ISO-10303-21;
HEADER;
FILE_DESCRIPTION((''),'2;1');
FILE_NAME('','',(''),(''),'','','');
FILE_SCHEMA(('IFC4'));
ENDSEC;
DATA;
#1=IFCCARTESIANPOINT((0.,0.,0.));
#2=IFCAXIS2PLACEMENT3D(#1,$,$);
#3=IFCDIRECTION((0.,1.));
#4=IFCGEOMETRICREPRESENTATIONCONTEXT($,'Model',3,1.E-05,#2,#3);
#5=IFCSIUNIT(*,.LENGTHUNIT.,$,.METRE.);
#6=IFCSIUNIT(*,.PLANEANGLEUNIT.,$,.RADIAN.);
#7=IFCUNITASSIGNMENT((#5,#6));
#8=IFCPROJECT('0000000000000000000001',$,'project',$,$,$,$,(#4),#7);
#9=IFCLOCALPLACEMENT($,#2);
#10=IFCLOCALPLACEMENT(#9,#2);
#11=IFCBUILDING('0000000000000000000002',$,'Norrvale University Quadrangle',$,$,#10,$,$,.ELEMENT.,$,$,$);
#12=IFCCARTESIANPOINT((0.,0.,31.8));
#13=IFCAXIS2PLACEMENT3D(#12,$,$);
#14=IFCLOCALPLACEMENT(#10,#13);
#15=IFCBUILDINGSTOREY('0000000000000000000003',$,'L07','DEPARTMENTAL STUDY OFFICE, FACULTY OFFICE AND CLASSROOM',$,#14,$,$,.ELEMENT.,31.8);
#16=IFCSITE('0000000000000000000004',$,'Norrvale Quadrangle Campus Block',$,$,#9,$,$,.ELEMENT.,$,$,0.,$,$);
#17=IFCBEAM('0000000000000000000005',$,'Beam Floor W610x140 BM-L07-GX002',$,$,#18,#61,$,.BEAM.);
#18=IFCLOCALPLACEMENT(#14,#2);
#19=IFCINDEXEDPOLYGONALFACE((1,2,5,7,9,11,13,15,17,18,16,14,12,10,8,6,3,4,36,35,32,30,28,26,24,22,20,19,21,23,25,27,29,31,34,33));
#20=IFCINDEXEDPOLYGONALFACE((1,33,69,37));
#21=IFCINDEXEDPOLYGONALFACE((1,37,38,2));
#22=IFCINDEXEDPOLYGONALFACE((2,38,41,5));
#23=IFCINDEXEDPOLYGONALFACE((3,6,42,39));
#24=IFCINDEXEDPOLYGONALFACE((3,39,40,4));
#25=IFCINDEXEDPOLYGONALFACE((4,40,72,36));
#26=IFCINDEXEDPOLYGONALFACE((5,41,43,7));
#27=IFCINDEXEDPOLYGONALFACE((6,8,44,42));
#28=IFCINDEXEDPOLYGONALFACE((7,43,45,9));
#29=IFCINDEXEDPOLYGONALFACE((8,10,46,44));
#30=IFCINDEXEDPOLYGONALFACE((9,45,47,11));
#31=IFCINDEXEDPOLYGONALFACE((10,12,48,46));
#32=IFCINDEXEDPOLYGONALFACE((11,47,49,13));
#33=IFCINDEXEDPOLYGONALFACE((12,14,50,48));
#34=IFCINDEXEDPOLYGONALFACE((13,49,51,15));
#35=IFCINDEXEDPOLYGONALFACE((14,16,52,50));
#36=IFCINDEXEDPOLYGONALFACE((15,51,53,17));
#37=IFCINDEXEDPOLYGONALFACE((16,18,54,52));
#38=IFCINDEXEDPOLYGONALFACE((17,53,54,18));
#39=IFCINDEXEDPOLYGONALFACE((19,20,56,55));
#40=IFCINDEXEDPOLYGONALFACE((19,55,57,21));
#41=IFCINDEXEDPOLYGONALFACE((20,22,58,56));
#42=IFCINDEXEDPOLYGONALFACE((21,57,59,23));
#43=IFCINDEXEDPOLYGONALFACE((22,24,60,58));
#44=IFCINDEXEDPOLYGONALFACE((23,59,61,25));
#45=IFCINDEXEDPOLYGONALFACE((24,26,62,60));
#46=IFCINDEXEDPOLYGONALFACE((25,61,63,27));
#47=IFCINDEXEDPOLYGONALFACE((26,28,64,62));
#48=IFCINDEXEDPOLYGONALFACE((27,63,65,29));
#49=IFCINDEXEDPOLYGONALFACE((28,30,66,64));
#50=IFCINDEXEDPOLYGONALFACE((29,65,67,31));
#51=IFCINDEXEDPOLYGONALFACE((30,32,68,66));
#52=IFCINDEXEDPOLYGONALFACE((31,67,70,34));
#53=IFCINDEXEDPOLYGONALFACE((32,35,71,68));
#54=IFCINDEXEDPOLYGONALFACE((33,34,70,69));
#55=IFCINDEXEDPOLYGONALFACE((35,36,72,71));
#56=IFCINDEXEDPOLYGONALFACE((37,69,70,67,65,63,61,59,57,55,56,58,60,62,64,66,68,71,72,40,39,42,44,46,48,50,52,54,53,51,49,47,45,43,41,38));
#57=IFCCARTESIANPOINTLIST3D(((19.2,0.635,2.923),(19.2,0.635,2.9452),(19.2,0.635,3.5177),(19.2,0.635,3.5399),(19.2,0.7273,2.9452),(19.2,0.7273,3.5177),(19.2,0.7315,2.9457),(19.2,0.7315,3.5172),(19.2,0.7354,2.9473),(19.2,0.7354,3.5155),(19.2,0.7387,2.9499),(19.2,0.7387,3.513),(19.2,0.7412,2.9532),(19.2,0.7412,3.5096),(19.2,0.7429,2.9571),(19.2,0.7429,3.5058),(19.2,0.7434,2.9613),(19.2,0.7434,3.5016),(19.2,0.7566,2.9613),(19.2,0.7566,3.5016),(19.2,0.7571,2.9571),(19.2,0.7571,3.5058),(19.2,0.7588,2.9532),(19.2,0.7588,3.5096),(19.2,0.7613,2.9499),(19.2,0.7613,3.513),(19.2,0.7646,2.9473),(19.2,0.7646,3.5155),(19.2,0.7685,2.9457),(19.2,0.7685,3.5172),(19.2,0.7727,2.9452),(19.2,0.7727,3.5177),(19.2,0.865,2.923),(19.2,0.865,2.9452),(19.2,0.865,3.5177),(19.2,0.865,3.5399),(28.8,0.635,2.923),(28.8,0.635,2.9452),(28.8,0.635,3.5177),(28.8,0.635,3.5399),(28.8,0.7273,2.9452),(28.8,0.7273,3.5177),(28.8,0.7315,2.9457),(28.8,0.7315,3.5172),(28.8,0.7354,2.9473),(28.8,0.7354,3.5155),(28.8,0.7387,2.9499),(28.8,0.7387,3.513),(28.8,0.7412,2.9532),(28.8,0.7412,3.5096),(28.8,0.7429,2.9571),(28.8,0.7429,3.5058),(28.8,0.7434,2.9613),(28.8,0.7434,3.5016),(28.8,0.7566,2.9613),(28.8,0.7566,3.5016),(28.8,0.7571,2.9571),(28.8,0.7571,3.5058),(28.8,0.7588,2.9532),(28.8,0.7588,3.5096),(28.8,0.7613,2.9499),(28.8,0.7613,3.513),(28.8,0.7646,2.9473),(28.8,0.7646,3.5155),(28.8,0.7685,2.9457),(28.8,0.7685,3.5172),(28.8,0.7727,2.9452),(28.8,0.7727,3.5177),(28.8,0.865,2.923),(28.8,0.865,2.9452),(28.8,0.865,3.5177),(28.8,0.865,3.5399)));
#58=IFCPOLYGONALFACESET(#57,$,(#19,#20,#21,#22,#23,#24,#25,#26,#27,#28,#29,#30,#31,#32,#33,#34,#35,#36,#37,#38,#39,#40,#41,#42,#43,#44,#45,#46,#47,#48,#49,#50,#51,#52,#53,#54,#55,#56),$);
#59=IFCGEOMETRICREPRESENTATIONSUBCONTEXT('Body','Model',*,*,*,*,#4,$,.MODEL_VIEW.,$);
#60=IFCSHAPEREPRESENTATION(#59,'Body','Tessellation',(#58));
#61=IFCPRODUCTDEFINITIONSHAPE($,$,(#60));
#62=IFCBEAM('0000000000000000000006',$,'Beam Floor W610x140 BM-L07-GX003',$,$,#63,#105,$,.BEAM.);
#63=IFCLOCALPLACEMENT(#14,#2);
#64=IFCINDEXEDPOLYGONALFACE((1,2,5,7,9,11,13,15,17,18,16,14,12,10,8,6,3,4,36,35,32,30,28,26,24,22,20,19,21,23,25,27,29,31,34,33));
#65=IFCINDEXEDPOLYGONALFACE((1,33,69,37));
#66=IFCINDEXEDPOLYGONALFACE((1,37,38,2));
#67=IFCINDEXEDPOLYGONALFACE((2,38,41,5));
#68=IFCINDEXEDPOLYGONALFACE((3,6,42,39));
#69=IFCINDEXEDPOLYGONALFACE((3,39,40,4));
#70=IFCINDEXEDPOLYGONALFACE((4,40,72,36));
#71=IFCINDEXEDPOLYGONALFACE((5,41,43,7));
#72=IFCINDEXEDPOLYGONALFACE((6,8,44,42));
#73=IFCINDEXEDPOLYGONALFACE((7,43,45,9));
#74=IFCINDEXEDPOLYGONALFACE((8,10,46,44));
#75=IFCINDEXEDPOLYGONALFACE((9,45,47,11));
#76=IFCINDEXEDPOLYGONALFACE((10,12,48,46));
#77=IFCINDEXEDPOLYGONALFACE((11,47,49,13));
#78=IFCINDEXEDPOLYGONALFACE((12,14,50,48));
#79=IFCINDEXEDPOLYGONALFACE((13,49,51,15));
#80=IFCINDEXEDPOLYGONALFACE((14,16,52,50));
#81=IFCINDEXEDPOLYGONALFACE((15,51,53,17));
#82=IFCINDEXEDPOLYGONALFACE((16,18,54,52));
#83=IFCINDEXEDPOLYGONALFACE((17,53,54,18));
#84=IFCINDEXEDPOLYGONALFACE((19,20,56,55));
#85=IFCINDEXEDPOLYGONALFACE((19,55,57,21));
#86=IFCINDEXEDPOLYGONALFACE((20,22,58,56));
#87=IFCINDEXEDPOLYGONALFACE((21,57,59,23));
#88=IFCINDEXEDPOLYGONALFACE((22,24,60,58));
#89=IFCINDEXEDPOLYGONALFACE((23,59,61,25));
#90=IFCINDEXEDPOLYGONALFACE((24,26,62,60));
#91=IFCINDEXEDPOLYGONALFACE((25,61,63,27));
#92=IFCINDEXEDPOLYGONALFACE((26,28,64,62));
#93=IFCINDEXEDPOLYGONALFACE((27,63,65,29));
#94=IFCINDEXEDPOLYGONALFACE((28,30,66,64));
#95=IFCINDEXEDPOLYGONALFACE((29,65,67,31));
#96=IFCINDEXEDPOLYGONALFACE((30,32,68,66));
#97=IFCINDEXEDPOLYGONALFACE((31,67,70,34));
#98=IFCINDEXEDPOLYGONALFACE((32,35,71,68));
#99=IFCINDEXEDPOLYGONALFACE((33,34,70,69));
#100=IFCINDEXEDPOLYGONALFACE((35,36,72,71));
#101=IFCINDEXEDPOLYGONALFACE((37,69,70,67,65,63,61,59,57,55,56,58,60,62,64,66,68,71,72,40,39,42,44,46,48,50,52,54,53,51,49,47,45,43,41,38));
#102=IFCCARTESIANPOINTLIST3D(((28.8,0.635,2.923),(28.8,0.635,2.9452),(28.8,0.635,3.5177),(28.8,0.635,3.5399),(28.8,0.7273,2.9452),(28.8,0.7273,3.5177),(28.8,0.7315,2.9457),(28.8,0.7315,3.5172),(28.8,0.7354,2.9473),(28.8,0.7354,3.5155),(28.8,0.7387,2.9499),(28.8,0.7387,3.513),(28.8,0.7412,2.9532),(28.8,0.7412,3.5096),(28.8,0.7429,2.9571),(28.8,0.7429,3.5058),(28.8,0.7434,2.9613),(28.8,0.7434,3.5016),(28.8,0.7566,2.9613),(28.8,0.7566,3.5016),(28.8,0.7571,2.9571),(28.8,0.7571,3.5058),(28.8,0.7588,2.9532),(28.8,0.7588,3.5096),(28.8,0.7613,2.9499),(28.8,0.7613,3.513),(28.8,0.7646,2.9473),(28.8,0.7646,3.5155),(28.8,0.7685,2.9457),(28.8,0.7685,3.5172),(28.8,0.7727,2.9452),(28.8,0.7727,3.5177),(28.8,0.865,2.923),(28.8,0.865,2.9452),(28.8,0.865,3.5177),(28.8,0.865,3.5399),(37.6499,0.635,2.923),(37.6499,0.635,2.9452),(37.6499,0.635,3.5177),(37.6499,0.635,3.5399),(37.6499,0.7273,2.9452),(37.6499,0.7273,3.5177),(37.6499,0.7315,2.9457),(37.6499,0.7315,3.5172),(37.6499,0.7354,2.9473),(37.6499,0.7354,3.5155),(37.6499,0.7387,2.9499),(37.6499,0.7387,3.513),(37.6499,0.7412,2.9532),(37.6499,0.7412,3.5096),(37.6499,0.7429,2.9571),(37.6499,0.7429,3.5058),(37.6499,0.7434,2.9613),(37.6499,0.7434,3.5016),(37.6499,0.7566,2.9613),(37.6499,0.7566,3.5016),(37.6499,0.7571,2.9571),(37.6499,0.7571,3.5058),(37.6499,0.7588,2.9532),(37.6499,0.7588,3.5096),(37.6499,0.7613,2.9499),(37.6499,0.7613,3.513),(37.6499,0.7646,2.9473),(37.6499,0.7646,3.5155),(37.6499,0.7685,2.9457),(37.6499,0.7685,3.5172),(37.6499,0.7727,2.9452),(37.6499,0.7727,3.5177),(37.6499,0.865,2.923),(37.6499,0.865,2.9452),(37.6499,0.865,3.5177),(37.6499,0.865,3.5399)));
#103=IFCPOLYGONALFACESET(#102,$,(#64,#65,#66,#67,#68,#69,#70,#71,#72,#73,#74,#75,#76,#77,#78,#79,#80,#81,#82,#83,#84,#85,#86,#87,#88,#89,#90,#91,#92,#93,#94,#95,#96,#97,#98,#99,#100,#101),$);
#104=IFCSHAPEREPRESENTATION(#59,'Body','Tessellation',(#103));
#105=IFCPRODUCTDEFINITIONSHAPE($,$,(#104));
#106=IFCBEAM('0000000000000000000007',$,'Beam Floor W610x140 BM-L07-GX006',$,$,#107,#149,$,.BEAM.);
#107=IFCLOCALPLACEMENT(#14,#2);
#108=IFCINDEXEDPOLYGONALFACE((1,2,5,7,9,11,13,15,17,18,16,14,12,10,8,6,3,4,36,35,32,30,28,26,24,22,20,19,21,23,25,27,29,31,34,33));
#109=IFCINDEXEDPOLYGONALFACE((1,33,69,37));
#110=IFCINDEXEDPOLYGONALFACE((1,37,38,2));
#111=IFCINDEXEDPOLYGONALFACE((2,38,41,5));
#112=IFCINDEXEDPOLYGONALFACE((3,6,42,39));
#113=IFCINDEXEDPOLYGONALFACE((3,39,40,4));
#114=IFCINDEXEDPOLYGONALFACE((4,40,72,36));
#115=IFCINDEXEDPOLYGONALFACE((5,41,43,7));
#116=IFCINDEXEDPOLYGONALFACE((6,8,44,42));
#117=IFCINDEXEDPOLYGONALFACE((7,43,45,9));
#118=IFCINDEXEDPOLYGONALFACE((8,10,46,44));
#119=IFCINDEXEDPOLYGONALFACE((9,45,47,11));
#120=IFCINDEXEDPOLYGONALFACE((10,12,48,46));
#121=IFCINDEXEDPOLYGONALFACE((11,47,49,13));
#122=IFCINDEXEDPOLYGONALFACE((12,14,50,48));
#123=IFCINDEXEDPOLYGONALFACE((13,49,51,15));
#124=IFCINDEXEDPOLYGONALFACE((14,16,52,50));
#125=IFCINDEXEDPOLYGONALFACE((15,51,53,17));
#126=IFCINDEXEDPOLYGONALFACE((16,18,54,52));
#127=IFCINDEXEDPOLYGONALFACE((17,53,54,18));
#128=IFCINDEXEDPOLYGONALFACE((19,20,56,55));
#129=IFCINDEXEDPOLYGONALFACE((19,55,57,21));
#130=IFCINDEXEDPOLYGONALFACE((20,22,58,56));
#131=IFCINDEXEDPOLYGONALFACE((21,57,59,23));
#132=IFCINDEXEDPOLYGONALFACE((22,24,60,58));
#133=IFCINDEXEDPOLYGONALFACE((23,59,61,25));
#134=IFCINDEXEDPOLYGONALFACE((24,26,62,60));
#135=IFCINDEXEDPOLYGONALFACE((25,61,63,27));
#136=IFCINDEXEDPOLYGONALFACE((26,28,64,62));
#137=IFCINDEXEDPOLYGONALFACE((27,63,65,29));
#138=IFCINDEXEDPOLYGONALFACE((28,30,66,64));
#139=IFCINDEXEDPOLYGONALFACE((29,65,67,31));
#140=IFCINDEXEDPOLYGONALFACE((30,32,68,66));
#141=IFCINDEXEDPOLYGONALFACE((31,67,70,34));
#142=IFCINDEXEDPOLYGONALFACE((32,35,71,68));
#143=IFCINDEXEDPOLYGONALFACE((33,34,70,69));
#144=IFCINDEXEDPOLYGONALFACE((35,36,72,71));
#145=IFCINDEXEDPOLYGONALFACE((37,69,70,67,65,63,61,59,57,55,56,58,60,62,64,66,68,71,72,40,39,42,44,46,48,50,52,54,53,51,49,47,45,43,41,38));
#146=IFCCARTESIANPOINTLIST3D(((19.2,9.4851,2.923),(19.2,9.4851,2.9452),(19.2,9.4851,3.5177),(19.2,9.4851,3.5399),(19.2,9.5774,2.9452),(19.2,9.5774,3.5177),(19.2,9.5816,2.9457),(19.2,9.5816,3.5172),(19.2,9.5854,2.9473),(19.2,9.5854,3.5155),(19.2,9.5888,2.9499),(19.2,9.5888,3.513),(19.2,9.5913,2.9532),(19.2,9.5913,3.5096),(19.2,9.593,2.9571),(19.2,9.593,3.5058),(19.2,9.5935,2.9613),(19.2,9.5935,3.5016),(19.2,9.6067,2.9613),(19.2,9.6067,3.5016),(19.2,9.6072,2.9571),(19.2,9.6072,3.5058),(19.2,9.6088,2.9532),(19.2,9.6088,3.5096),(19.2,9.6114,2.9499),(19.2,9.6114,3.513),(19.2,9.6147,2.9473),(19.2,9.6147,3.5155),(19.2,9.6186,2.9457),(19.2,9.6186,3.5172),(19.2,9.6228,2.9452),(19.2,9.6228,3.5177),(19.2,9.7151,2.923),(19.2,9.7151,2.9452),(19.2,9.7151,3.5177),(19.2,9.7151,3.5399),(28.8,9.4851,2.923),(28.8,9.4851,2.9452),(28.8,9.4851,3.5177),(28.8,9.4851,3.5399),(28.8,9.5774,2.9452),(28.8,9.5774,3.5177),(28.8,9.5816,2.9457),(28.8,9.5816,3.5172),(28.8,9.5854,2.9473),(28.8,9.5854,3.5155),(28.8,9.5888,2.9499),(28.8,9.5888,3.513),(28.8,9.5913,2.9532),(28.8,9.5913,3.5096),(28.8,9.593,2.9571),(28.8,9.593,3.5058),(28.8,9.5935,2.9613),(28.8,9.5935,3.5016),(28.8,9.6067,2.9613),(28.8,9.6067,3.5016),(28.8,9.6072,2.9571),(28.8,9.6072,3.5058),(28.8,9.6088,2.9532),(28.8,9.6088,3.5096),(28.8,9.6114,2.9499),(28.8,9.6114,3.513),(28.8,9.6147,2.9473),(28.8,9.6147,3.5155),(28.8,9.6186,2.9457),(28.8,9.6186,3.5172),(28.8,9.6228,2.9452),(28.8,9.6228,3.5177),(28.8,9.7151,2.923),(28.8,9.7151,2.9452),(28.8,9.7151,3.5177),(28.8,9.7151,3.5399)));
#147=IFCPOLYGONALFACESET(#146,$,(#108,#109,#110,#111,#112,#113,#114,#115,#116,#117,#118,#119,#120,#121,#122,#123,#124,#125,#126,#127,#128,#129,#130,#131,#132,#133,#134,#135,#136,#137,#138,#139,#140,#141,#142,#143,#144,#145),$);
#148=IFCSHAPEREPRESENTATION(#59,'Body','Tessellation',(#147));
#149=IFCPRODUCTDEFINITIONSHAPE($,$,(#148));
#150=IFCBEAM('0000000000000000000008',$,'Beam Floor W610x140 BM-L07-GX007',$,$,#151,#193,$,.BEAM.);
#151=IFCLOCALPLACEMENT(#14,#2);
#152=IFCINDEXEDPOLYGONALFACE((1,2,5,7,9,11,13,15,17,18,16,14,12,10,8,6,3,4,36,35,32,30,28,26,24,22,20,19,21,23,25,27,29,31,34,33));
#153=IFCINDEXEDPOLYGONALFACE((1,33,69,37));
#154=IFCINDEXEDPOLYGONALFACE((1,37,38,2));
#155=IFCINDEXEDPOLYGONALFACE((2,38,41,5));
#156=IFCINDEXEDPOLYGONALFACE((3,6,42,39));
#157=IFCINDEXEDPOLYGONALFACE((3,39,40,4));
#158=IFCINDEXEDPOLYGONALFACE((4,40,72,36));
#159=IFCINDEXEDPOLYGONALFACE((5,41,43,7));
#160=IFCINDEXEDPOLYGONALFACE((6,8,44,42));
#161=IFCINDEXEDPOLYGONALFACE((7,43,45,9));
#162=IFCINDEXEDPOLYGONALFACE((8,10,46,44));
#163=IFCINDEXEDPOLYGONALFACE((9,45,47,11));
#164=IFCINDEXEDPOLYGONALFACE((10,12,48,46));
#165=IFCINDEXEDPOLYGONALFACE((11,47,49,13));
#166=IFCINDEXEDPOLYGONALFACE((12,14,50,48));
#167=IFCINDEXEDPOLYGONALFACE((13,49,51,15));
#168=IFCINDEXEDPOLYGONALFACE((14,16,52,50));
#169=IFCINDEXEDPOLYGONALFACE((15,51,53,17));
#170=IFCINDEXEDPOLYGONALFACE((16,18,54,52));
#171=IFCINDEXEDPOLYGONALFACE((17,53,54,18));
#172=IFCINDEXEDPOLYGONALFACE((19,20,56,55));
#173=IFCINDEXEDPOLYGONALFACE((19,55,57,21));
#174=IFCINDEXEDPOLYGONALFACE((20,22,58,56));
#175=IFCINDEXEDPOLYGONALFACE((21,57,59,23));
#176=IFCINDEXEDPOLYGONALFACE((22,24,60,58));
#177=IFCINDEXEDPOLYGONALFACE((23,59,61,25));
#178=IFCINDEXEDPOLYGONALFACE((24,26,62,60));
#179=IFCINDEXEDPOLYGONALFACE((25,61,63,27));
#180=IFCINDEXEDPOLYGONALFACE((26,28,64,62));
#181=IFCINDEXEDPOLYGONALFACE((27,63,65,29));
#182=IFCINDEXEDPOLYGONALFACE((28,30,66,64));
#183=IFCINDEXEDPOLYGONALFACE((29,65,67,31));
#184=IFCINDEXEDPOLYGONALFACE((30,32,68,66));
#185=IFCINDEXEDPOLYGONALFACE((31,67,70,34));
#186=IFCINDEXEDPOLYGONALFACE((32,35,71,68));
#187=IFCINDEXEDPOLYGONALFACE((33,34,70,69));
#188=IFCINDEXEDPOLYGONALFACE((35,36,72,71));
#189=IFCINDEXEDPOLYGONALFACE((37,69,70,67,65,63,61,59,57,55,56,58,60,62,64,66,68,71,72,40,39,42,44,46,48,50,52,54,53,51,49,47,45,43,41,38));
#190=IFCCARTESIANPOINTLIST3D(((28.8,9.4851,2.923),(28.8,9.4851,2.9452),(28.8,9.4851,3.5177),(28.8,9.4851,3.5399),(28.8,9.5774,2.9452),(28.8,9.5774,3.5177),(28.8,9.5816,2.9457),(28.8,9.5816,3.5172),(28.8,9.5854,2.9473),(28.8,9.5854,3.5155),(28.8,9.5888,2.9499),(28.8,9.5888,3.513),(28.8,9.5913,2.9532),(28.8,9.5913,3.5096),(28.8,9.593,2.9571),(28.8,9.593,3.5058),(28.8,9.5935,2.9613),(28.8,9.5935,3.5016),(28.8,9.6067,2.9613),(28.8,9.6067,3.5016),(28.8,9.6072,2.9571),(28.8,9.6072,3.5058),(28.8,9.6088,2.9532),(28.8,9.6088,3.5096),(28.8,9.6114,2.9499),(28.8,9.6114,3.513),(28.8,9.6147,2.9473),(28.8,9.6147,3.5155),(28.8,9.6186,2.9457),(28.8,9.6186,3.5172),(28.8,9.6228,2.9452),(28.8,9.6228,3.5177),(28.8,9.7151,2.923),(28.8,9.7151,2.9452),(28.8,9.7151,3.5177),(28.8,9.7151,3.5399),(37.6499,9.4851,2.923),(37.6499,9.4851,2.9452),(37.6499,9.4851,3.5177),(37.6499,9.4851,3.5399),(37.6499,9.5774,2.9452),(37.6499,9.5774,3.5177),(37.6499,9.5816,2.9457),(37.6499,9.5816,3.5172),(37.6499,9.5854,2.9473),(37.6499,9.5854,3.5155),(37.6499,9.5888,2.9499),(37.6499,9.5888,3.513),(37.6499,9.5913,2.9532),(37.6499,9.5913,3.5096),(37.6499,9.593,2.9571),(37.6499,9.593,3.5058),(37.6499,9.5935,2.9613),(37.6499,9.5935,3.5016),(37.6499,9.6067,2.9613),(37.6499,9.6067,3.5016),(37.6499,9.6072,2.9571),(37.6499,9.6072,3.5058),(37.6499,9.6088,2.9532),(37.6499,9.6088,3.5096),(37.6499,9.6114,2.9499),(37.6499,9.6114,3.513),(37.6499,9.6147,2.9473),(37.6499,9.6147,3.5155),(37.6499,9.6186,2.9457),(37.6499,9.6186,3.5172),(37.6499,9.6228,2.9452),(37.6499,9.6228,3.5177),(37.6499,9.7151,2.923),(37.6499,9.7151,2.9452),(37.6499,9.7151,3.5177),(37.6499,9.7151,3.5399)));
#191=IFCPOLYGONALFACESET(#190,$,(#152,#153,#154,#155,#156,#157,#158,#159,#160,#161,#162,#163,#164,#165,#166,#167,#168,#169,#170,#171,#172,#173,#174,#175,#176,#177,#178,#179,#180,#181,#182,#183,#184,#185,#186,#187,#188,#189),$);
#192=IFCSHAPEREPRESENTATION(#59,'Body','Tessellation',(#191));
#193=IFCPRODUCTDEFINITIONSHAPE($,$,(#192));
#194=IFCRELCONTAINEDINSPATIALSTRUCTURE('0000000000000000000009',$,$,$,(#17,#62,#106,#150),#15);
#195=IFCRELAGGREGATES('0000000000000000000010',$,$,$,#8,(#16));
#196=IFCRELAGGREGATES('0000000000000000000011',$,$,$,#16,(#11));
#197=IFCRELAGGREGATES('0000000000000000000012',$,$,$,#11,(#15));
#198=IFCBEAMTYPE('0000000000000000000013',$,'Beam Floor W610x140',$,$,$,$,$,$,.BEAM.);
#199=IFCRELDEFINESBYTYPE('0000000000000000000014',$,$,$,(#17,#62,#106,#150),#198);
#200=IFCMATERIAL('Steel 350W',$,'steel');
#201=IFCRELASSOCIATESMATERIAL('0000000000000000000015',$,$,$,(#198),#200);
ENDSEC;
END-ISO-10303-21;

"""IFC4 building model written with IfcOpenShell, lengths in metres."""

from ifc_helpers import new_model, si_unit, direction, frame, origin, origin_2d, place, context, subcontext, project, spatial, i_section, extrude, material, material_profile, profile_set, type_object, element, save


model = new_model("IFC4")

# Units and contexts
model_context = context("Model", 3, precision=1e-05, world=origin(), true_north=direction((0.0, 1.0)))
body_context = subcontext(model_context, "Body", "Model", "MODEL_VIEW")
ifc_project = project(units=[si_unit("LENGTHUNIT", "METRE"), si_unit("PLANEANGLEUNIT", "RADIAN")], contexts=[model_context])

# Site, building, storey
site_placement = place(None, origin())
site = spatial("IfcSite", under=ifc_project, at=site_placement, Name="Norrvale Quadrangle Campus Block", CompositionType="ELEMENT", RefElevation=0.0)
building_placement = place(site_placement, origin())
building = spatial("IfcBuilding", under=site, at=building_placement, Name="Norrvale University Quadrangle", CompositionType="ELEMENT")
storey_placement = place(building_placement, frame((0.0, 0.0, 31.8)))
storey = spatial("IfcBuildingStorey", under=building, at=storey_placement, Name="L07", Description="DEPARTMENTAL STUDY OFFICE, FACULTY OFFICE AND CLASSROOM", CompositionType="ELEMENT", Elevation=31.8)

# Beams
ifc_material_1 = material(Name="Steel 350W", Category="steel")
ifc_material_profile_1 = material_profile(ifc_material_1, i_section(OverallWidth=0.23, OverallDepth=0.6169, WebThickness=0.0132, FlangeThickness=0.0222, FilletRadius=0.0161, at=origin_2d()), Name="Steel 350W")
ifc_profile_set_1 = profile_set([ifc_material_profile_1], Name="Steel 350W")
beam_type_1 = type_object("IfcBeamType", Name="Beam Floor W610x140", PredefinedType="BEAM", material=ifc_profile_set_1)
beam_1_placement = place(storey_placement, frame((19.2, 0.75, 3.2314), z_axis=(1.0, 0.0, 0.0), x_axis=(0.0, 1.0, 0.0)))
element("IfcBeam", 1, at=beam_1_placement, inside=storey, type_object=beam_type_1, Name="Beam Floor W610x140 BM-L07-GX002", PredefinedType="BEAM", context=body_context, shape_type="SweptSolid", body=[
    extrude(i_section(OverallWidth=0.23, OverallDepth=0.6169, WebThickness=0.0132, FlangeThickness=0.0222, FilletRadius=0.0161, at=origin_2d()), origin(), (0.0, 0.0, 1.0), 9.6001),
])
beam_2_placement = place(storey_placement, frame((28.8, 0.75, 3.2314), z_axis=(1.0, 0.0, 0.0), x_axis=(0.0, 1.0, 0.0)))
element("IfcBeam", 2, at=beam_2_placement, inside=storey, type_object=beam_type_1, Name="Beam Floor W610x140 BM-L07-GX003", PredefinedType="BEAM", context=body_context, shape_type="SweptSolid", body=[
    extrude(i_section(OverallWidth=0.23, OverallDepth=0.6169, WebThickness=0.0132, FlangeThickness=0.0222, FilletRadius=0.0161, at=origin_2d()), origin(), (0.0, 0.0, 1.0), 8.8499),
])
beam_3_placement = place(storey_placement, frame((19.2, 9.6001, 3.2314), z_axis=(1.0, 0.0, 0.0), x_axis=(0.0, 1.0, 0.0)))
element("IfcBeam", 3, at=beam_3_placement, inside=storey, type_object=beam_type_1, Name="Beam Floor W610x140 BM-L07-GX006", PredefinedType="BEAM", context=body_context, shape_type="SweptSolid", body=[
    extrude(i_section(OverallWidth=0.23, OverallDepth=0.6169, WebThickness=0.0132, FlangeThickness=0.0222, FilletRadius=0.0161, at=origin_2d()), origin(), (0.0, 0.0, 1.0), 9.6001),
])
beam_4_placement = place(storey_placement, frame((28.8, 9.6001, 3.2314), z_axis=(1.0, 0.0, 0.0), x_axis=(0.0, 1.0, 0.0)))
element("IfcBeam", 4, at=beam_4_placement, inside=storey, type_object=beam_type_1, Name="Beam Floor W610x140 BM-L07-GX007", PredefinedType="BEAM", context=body_context, shape_type="SweptSolid", body=[
    extrude(i_section(OverallWidth=0.23, OverallDepth=0.6169, WebThickness=0.0132, FlangeThickness=0.0222, FilletRadius=0.0161, at=origin_2d()), origin(), (0.0, 0.0, 1.0), 8.8499),
])

save(model, "model.ifc")
